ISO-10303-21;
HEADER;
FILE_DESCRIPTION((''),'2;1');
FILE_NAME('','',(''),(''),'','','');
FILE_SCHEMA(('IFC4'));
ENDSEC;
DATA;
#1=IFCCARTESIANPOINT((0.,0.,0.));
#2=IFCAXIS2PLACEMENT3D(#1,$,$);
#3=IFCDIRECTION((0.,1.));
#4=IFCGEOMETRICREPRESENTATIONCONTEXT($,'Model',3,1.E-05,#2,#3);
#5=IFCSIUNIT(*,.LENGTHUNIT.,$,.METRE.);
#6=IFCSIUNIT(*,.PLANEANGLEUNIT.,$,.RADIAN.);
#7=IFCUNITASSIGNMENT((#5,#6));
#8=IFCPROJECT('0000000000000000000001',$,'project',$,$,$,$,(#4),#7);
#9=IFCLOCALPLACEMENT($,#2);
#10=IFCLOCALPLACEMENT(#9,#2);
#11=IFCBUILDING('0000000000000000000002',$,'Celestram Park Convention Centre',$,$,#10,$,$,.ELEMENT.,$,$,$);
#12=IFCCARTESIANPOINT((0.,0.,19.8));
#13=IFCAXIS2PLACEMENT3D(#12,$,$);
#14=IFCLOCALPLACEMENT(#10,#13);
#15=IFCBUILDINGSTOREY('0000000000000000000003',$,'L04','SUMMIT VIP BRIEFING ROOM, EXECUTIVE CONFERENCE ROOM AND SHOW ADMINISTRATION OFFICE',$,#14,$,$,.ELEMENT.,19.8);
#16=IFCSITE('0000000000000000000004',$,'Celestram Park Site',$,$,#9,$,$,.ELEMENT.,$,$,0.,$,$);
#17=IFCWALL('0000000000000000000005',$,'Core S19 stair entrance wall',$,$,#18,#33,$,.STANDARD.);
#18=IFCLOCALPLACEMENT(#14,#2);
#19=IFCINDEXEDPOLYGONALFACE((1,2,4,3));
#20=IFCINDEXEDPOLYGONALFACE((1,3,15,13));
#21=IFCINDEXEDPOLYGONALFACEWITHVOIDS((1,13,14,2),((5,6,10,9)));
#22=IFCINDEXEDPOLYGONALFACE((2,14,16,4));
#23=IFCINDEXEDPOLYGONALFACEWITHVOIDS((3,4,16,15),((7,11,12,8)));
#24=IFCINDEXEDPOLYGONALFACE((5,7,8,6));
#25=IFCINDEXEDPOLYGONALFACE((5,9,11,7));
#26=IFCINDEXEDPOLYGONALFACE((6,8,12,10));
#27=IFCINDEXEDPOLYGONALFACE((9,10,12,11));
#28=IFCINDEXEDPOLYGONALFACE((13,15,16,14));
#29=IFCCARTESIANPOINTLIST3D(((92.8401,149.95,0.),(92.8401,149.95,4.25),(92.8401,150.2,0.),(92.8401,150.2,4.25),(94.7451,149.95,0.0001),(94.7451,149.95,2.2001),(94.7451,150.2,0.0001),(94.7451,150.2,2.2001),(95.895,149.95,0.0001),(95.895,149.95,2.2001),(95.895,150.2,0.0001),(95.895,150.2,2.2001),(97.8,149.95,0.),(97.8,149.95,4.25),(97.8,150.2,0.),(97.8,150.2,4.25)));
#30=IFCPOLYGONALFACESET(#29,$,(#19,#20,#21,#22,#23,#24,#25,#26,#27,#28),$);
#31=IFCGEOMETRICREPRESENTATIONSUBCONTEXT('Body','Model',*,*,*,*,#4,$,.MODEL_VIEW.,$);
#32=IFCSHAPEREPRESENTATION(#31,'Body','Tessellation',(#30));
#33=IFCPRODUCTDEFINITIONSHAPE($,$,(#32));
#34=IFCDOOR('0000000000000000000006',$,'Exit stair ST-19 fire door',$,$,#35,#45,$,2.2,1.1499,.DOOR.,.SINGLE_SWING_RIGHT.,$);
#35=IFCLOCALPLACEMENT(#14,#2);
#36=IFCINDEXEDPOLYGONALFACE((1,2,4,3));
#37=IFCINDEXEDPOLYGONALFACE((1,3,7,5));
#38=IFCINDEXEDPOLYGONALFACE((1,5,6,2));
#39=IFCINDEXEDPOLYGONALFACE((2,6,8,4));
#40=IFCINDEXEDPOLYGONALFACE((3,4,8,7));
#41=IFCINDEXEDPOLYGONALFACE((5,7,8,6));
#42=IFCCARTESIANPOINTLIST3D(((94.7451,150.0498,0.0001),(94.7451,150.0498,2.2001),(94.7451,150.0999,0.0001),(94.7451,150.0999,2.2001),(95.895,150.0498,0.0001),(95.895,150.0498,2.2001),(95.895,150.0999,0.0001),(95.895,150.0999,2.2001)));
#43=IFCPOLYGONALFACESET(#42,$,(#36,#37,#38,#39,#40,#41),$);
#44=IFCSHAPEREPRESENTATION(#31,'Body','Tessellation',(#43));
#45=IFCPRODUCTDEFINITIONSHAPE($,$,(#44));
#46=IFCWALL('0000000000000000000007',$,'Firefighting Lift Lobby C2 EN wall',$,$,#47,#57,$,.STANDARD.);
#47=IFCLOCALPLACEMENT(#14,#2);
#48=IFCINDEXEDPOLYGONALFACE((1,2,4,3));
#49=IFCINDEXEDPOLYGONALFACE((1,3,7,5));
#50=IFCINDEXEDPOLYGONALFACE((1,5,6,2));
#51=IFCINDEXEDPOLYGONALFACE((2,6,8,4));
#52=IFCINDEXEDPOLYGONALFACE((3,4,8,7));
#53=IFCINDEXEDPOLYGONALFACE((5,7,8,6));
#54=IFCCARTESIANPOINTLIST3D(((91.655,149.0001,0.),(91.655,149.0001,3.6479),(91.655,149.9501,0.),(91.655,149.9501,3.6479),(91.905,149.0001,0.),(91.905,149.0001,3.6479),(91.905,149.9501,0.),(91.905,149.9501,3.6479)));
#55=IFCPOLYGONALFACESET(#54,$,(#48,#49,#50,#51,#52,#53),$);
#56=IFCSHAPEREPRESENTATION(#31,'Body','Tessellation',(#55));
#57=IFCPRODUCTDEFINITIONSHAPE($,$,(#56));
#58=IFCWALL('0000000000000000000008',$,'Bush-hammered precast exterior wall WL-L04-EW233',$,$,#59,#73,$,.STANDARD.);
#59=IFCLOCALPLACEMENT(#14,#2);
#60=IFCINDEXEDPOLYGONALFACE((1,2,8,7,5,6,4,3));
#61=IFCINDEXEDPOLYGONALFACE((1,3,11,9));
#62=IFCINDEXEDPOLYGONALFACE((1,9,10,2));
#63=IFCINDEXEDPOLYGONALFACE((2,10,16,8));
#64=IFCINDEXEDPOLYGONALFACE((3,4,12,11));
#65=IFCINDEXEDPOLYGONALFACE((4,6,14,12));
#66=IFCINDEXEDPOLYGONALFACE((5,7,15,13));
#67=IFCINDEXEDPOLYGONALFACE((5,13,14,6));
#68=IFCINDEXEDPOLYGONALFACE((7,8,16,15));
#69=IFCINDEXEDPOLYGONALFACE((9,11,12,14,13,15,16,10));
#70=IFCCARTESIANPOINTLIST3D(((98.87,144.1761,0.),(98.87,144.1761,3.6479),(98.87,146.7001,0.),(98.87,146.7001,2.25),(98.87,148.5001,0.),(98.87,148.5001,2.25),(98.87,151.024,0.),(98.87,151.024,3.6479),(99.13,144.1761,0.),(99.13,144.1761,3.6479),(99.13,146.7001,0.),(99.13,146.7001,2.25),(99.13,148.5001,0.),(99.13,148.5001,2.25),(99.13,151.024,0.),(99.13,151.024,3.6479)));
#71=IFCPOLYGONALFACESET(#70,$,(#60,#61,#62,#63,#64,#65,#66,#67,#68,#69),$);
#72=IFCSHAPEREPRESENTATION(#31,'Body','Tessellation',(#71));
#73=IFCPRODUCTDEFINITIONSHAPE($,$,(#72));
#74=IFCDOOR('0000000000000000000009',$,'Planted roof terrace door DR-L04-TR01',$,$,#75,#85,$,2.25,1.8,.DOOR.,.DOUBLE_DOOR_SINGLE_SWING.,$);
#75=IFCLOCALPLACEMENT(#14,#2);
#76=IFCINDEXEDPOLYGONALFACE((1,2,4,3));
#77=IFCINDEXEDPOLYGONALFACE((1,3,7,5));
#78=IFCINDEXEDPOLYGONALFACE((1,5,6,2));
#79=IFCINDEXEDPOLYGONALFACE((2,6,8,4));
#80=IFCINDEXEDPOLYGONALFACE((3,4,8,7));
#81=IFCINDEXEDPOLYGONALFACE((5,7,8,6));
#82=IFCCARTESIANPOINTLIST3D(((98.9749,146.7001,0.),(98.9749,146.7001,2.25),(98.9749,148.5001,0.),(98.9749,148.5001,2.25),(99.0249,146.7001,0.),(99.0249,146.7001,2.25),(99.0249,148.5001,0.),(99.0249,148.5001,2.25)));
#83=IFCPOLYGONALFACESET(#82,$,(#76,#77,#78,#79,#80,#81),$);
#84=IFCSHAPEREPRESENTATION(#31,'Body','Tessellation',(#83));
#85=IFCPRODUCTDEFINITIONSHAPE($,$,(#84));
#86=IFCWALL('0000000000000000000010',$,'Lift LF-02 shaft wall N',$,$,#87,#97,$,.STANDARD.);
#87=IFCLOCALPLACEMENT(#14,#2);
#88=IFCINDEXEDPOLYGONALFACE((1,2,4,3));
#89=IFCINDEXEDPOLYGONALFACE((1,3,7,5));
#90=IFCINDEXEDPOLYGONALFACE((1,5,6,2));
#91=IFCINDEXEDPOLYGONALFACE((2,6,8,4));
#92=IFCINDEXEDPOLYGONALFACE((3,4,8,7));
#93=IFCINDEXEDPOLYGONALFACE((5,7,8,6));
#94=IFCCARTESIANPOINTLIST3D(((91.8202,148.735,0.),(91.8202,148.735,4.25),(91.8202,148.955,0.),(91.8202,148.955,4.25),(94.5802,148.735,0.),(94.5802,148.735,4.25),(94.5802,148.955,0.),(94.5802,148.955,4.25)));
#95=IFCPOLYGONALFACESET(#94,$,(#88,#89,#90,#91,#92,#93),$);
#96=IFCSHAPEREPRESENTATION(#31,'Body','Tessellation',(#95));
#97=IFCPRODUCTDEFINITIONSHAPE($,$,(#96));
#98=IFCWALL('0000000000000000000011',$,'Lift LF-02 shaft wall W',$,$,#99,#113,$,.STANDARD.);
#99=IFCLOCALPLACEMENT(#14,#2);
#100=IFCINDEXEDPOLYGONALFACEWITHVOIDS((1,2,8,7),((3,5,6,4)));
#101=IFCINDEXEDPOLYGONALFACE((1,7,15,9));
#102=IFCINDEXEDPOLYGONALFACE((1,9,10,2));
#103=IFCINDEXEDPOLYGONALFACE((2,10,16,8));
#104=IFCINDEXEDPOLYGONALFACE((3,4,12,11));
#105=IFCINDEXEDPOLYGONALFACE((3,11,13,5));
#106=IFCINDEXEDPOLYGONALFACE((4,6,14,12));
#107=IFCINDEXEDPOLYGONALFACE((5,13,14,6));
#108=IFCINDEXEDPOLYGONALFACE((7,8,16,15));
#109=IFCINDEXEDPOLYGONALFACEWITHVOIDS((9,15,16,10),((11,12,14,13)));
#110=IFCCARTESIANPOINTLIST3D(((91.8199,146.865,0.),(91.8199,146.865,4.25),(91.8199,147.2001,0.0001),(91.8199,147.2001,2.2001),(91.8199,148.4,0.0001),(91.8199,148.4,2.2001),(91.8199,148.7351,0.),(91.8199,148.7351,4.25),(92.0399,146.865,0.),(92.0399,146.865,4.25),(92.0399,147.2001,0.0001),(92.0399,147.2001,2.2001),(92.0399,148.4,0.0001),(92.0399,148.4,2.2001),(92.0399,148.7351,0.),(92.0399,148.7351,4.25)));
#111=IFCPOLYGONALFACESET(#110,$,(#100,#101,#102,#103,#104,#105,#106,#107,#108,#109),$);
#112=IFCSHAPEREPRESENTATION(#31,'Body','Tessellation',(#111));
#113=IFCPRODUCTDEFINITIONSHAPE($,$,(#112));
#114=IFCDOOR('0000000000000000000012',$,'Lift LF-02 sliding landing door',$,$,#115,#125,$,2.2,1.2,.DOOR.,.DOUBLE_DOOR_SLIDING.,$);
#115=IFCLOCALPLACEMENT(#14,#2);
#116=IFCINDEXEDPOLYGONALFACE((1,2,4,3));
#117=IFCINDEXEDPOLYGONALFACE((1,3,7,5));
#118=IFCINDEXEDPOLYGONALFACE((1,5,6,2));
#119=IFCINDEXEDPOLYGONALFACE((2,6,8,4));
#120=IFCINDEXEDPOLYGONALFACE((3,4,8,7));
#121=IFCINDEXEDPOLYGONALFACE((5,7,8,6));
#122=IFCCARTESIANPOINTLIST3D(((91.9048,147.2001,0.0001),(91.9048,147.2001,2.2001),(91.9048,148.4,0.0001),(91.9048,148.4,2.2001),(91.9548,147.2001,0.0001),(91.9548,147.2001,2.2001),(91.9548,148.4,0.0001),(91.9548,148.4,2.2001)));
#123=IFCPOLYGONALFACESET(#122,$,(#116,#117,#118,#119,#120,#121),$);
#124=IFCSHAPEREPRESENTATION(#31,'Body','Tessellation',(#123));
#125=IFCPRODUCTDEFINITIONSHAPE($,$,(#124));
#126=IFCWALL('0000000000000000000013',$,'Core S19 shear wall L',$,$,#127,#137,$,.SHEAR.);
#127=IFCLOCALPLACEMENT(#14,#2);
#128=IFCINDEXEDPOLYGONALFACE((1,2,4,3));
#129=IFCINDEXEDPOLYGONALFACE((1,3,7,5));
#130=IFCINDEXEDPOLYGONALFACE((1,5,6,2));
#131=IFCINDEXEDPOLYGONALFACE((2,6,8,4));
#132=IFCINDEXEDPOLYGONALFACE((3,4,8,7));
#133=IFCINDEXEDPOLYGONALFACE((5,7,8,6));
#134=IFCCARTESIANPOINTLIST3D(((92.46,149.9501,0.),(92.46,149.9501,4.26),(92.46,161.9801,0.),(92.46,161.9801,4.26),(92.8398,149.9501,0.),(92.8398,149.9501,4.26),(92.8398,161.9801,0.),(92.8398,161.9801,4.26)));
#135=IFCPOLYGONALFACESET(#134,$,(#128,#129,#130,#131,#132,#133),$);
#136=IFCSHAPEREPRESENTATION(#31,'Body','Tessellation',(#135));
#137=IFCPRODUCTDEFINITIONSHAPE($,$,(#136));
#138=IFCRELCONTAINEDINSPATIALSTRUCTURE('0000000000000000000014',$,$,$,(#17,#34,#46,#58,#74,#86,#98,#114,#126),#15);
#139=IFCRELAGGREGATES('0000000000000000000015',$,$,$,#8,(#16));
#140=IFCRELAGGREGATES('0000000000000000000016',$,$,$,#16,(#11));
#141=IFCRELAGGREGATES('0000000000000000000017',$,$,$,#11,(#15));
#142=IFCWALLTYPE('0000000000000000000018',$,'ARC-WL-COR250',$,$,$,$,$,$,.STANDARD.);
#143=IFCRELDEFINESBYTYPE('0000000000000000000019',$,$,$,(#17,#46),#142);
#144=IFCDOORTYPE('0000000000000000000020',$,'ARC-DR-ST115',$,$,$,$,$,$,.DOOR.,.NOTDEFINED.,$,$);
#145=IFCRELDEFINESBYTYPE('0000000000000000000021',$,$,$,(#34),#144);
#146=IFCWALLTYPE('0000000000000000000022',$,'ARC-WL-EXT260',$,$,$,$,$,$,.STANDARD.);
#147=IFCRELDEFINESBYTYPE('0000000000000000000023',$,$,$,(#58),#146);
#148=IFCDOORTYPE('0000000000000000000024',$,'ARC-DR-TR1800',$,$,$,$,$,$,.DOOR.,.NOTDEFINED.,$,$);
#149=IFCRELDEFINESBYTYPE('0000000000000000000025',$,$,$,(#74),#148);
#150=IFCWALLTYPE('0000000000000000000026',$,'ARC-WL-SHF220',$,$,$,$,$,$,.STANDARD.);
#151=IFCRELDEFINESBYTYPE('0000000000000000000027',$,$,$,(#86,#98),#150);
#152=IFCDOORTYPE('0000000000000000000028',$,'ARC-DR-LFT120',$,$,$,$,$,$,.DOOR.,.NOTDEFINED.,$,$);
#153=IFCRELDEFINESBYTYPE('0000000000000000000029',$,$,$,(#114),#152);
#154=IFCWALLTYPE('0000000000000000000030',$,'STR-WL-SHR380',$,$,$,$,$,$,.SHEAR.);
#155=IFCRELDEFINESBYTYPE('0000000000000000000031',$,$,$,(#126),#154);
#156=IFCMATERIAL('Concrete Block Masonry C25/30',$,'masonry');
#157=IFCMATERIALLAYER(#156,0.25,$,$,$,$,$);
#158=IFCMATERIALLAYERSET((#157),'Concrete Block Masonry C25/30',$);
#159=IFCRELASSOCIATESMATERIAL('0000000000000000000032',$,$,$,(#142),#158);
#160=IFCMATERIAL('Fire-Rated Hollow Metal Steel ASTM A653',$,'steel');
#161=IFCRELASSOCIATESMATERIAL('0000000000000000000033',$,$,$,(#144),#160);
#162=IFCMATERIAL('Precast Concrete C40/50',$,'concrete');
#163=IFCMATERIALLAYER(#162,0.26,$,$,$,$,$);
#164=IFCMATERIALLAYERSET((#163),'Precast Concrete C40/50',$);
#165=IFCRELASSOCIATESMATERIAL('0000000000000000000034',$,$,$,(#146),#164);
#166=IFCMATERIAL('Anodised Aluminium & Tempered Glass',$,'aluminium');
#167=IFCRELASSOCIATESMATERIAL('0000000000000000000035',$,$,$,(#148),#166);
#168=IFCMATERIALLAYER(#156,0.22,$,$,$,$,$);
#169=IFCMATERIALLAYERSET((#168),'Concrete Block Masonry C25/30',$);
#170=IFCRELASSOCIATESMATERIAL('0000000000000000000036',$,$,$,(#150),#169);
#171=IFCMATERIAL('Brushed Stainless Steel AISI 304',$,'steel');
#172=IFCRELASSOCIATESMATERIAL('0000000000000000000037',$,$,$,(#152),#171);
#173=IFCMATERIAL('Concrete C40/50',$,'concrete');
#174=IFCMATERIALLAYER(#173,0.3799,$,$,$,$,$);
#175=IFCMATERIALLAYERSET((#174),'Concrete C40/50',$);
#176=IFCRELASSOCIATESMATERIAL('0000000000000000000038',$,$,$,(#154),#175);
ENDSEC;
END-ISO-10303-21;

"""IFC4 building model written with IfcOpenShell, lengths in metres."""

from ifc_helpers import new_model, si_unit, direction, frame, frame_2d, origin, place, context, subcontext, project, spatial, rectangle, extrude, material, layer, layer_set, type_object, element, fill, save


model = new_model("IFC4")

# Units and contexts
model_context = context("Model", 3, precision=1e-05, world=origin(), true_north=direction((0.0, 1.0)))
body_context = subcontext(model_context, "Body", "Model", "MODEL_VIEW")
ifc_project = project(units=[si_unit("LENGTHUNIT", "METRE"), si_unit("PLANEANGLEUNIT", "RADIAN")], contexts=[model_context])

# Site, building, storey
site_placement = place(None, origin())
site = spatial("IfcSite", under=ifc_project, at=site_placement, Name="Celestram Park Site", CompositionType="ELEMENT", RefElevation=0.0)
building_placement = place(site_placement, origin())
building = spatial("IfcBuilding", under=site, at=building_placement, Name="Celestram Park Convention Centre", CompositionType="ELEMENT")
storey_placement = place(building_placement, frame((0.0, 0.0, 19.8)))
storey = spatial("IfcBuildingStorey", under=building, at=storey_placement, Name="L04", Description="SUMMIT VIP BRIEFING ROOM, EXECUTIVE CONFERENCE ROOM AND SHOW ADMINISTRATION OFFICE", CompositionType="ELEMENT", Elevation=19.8)

# Wall, opening, door
ifc_material_1 = material(Name="Concrete Block Masonry C25/30", Category="masonry")
ifc_layer_1 = layer(ifc_material_1, 0.25)
ifc_layer_set_1 = layer_set([ifc_layer_1], Name="Concrete Block Masonry C25/30")
wall_type_1 = type_object("IfcWallType", Name="ARC-WL-COR250", PredefinedType="STANDARD", material=ifc_layer_set_1)
wall_1_placement = place(storey_placement, frame((92.8401, 150.075, 0.0), z_axis=(0.0, 0.0, 1.0), x_axis=(1.0, 0.0, 0.0)))
wall_1 = element("IfcWall", 1, at=wall_1_placement, inside=storey, type_object=wall_type_1, Name="Core S19 stair entrance wall", PredefinedType="STANDARD", context=body_context, shape_type="SweptSolid", body=[
    extrude(rectangle(XDim=4.96, YDim=0.25, at=frame_2d((2.48, 0.0))), origin(), (0.0, 0.0, 1.0), 4.25),
])
opening_1_placement = place(wall_1_placement, frame((1.905, 0.0, 0.0)))
opening_1 = element("IfcOpeningElement", 2, at=opening_1_placement, cuts=wall_1, PredefinedType="OPENING", context=body_context, shape_type="SweptSolid", body=[
    extrude(rectangle(XDim=1.1499, YDim=2.2, at=frame_2d((0.575, 1.1001))), frame((0.0, 0.135, 0.0), z_axis=(0.0, -1.0, 0.0), x_axis=(1.0, 0.0, 0.0)), (0.0, 0.0, 1.0), 0.27),
])
ifc_material_2 = material(Name="Fire-Rated Hollow Metal Steel ASTM A653", Category="steel")
door_type_1 = type_object("IfcDoorType", Name="ARC-DR-ST115", OperationType="NOTDEFINED", PredefinedType="DOOR", material=ifc_material_2)
door_1_placement = place(opening_1_placement, origin())
door_1 = element("IfcDoor", 3, at=door_1_placement, inside=storey, type_object=door_type_1, Name="Exit stair ST-19 fire door", OperationType="SINGLE_SWING_RIGHT", OverallHeight=2.2, OverallWidth=1.1499, PredefinedType="DOOR", context=body_context, shape_type="SweptSolid", body=[
    extrude(rectangle(XDim=1.1499, YDim=2.2, at=frame_2d((0.575, 1.1001))), frame((0.0, 0.0249, 0.0), z_axis=(0.0, -1.0, 0.0), x_axis=(1.0, 0.0, 0.0)), (0.0, 0.0, 1.0), 0.05),
])
fill(opening_1, door_1)

# Wall
wall_2_placement = place(storey_placement, frame((91.78, 149.0, 0.0), z_axis=(0.0, 0.0, 1.0), x_axis=(0.0, 1.0, 0.0)))
element("IfcWall", 4, at=wall_2_placement, inside=storey, type_object=wall_type_1, Name="Firefighting Lift Lobby C2 EN wall", PredefinedType="STANDARD", context=body_context, shape_type="SweptSolid", body=[
    extrude(rectangle(XDim=0.95, YDim=0.25, at=frame_2d((0.4751, 0.0))), origin(), (0.0, 0.0, 1.0), 3.6479),
])

# Wall, opening, door
ifc_material_3 = material(Name="Precast Concrete C40/50", Category="concrete")
ifc_layer_2 = layer(ifc_material_3, 0.26)
ifc_layer_set_2 = layer_set([ifc_layer_2], Name="Precast Concrete C40/50")
wall_type_2 = type_object("IfcWallType", Name="ARC-WL-EXT260", PredefinedType="STANDARD", material=ifc_layer_set_2)
wall_3_placement = place(storey_placement, frame((99.0, 151.0239, 0.0), z_axis=(0.0, 0.0, 1.0), x_axis=(0.0, -1.0, 0.0)))
wall_3 = element("IfcWall", 5, at=wall_3_placement, inside=storey, type_object=wall_type_2, Name="Bush-hammered precast exterior wall WL-L04-EW233", PredefinedType="STANDARD", context=body_context, shape_type="SweptSolid", body=[
    extrude(rectangle(XDim=6.8479, YDim=0.26, at=frame_2d((3.4238, 0.0))), origin(), (0.0, 0.0, 1.0), 3.6479),
])
opening_2_placement = place(wall_3_placement, frame((2.5239, 0.0, 0.0)))
opening_2 = element("IfcOpeningElement", 6, at=opening_2_placement, cuts=wall_3, PredefinedType="OPENING", context=body_context, shape_type="SweptSolid", body=[
    extrude(rectangle(XDim=1.8, YDim=2.25, at=frame_2d((0.8999, 1.125))), frame((0.0, 0.1399, 0.0), z_axis=(0.0, -1.0, 0.0), x_axis=(1.0, 0.0, 0.0)), (0.0, 0.0, 1.0), 0.28),
])
ifc_material_4 = material(Name="Anodised Aluminium & Tempered Glass", Category="aluminium")
door_type_2 = type_object("IfcDoorType", Name="ARC-DR-TR1800", OperationType="NOTDEFINED", PredefinedType="DOOR", material=ifc_material_4)
door_2_placement = place(opening_2_placement, origin())
door_2 = element("IfcDoor", 7, at=door_2_placement, inside=storey, type_object=door_type_2, Name="Planted roof terrace door DR-L04-TR01", OperationType="DOUBLE_DOOR_SINGLE_SWING", OverallHeight=2.25, OverallWidth=1.8, PredefinedType="DOOR", context=body_context, shape_type="SweptSolid", body=[
    extrude(rectangle(XDim=1.8, YDim=2.25, at=frame_2d((0.8999, 1.125))), frame((0.0, 0.0249, 0.0), z_axis=(0.0, -1.0, 0.0), x_axis=(1.0, 0.0, 0.0)), (0.0, 0.0, 1.0), 0.05),
])
fill(opening_2, door_2)

# Wall
ifc_layer_3 = layer(ifc_material_1, 0.22)
ifc_layer_set_3 = layer_set([ifc_layer_3], Name="Concrete Block Masonry C25/30")
wall_type_3 = type_object("IfcWallType", Name="ARC-WL-SHF220", PredefinedType="STANDARD", material=ifc_layer_set_3)
wall_4_placement = place(storey_placement, frame((94.5801, 148.845, 0.0), z_axis=(0.0, 0.0, 1.0), x_axis=(-1.0, 0.0, 0.0)))
element("IfcWall", 8, at=wall_4_placement, inside=storey, type_object=wall_type_3, Name="Lift LF-02 shaft wall N", PredefinedType="STANDARD", context=body_context, shape_type="SweptSolid", body=[
    extrude(rectangle(XDim=2.76, YDim=0.22, at=frame_2d((1.3799, 0.0))), origin(), (0.0, 0.0, 1.0), 4.25),
])

# Wall, opening, door
wall_5_placement = place(storey_placement, frame((91.9299, 148.7351, 0.0), z_axis=(0.0, 0.0, 1.0), x_axis=(0.0, -1.0, 0.0)))
wall_5 = element("IfcWall", 9, at=wall_5_placement, inside=storey, type_object=wall_type_3, Name="Lift LF-02 shaft wall W", PredefinedType="STANDARD", context=body_context, shape_type="SweptSolid", body=[
    extrude(rectangle(XDim=1.8701, YDim=0.22, at=frame_2d((0.9351, 0.0))), origin(), (0.0, 0.0, 1.0), 4.25),
])
opening_3_placement = place(wall_5_placement, frame((0.335, 0.0, 0.0)))
opening_3 = element("IfcOpeningElement", 10, at=opening_3_placement, cuts=wall_5, PredefinedType="OPENING", context=body_context, shape_type="SweptSolid", body=[
    extrude(rectangle(XDim=1.2, YDim=2.2, at=frame_2d((0.6001, 1.1001))), frame((0.0, 0.1199, 0.0), z_axis=(0.0, -1.0, 0.0), x_axis=(1.0, 0.0, 0.0)), (0.0, 0.0, 1.0), 0.24),
])
ifc_material_5 = material(Name="Brushed Stainless Steel AISI 304", Category="steel")
door_type_3 = type_object("IfcDoorType", Name="ARC-DR-LFT120", OperationType="NOTDEFINED", PredefinedType="DOOR", material=ifc_material_5)
door_3_placement = place(opening_3_placement, origin())
door_3 = element("IfcDoor", 11, at=door_3_placement, inside=storey, type_object=door_type_3, Name="Lift LF-02 sliding landing door", OperationType="DOUBLE_DOOR_SLIDING", OverallHeight=2.2, OverallWidth=1.2, PredefinedType="DOOR", context=body_context, shape_type="SweptSolid", body=[
    extrude(rectangle(XDim=1.2, YDim=2.2, at=frame_2d((0.6001, 1.1001))), frame((0.0, 0.0249, 0.0), z_axis=(0.0, -1.0, 0.0), x_axis=(1.0, 0.0, 0.0)), (0.0, 0.0, 1.0), 0.05),
])
fill(opening_3, door_3)

# Wall
ifc_material_6 = material(Name="Concrete C40/50", Category="concrete")
ifc_layer_4 = layer(ifc_material_6, 0.3799)
ifc_layer_set_4 = layer_set([ifc_layer_4], Name="Concrete C40/50")
wall_type_4 = type_object("IfcWallType", Name="STR-WL-SHR380", PredefinedType="SHEAR", material=ifc_layer_set_4)
wall_6_placement = place(storey_placement, frame((92.6499, 149.95, 0.0), z_axis=(0.0, 0.0, 1.0), x_axis=(0.0, 1.0, 0.0)))
element("IfcWall", 12, at=wall_6_placement, inside=storey, type_object=wall_type_4, Name="Core S19 shear wall L", PredefinedType="SHEAR", context=body_context, shape_type="SweptSolid", body=[
    extrude(rectangle(XDim=12.03, YDim=0.3799, at=frame_2d((6.0151, 0.0))), origin(), (0.0, 0.0, 1.0), 4.26),
])

save(model, "model.ifc")
